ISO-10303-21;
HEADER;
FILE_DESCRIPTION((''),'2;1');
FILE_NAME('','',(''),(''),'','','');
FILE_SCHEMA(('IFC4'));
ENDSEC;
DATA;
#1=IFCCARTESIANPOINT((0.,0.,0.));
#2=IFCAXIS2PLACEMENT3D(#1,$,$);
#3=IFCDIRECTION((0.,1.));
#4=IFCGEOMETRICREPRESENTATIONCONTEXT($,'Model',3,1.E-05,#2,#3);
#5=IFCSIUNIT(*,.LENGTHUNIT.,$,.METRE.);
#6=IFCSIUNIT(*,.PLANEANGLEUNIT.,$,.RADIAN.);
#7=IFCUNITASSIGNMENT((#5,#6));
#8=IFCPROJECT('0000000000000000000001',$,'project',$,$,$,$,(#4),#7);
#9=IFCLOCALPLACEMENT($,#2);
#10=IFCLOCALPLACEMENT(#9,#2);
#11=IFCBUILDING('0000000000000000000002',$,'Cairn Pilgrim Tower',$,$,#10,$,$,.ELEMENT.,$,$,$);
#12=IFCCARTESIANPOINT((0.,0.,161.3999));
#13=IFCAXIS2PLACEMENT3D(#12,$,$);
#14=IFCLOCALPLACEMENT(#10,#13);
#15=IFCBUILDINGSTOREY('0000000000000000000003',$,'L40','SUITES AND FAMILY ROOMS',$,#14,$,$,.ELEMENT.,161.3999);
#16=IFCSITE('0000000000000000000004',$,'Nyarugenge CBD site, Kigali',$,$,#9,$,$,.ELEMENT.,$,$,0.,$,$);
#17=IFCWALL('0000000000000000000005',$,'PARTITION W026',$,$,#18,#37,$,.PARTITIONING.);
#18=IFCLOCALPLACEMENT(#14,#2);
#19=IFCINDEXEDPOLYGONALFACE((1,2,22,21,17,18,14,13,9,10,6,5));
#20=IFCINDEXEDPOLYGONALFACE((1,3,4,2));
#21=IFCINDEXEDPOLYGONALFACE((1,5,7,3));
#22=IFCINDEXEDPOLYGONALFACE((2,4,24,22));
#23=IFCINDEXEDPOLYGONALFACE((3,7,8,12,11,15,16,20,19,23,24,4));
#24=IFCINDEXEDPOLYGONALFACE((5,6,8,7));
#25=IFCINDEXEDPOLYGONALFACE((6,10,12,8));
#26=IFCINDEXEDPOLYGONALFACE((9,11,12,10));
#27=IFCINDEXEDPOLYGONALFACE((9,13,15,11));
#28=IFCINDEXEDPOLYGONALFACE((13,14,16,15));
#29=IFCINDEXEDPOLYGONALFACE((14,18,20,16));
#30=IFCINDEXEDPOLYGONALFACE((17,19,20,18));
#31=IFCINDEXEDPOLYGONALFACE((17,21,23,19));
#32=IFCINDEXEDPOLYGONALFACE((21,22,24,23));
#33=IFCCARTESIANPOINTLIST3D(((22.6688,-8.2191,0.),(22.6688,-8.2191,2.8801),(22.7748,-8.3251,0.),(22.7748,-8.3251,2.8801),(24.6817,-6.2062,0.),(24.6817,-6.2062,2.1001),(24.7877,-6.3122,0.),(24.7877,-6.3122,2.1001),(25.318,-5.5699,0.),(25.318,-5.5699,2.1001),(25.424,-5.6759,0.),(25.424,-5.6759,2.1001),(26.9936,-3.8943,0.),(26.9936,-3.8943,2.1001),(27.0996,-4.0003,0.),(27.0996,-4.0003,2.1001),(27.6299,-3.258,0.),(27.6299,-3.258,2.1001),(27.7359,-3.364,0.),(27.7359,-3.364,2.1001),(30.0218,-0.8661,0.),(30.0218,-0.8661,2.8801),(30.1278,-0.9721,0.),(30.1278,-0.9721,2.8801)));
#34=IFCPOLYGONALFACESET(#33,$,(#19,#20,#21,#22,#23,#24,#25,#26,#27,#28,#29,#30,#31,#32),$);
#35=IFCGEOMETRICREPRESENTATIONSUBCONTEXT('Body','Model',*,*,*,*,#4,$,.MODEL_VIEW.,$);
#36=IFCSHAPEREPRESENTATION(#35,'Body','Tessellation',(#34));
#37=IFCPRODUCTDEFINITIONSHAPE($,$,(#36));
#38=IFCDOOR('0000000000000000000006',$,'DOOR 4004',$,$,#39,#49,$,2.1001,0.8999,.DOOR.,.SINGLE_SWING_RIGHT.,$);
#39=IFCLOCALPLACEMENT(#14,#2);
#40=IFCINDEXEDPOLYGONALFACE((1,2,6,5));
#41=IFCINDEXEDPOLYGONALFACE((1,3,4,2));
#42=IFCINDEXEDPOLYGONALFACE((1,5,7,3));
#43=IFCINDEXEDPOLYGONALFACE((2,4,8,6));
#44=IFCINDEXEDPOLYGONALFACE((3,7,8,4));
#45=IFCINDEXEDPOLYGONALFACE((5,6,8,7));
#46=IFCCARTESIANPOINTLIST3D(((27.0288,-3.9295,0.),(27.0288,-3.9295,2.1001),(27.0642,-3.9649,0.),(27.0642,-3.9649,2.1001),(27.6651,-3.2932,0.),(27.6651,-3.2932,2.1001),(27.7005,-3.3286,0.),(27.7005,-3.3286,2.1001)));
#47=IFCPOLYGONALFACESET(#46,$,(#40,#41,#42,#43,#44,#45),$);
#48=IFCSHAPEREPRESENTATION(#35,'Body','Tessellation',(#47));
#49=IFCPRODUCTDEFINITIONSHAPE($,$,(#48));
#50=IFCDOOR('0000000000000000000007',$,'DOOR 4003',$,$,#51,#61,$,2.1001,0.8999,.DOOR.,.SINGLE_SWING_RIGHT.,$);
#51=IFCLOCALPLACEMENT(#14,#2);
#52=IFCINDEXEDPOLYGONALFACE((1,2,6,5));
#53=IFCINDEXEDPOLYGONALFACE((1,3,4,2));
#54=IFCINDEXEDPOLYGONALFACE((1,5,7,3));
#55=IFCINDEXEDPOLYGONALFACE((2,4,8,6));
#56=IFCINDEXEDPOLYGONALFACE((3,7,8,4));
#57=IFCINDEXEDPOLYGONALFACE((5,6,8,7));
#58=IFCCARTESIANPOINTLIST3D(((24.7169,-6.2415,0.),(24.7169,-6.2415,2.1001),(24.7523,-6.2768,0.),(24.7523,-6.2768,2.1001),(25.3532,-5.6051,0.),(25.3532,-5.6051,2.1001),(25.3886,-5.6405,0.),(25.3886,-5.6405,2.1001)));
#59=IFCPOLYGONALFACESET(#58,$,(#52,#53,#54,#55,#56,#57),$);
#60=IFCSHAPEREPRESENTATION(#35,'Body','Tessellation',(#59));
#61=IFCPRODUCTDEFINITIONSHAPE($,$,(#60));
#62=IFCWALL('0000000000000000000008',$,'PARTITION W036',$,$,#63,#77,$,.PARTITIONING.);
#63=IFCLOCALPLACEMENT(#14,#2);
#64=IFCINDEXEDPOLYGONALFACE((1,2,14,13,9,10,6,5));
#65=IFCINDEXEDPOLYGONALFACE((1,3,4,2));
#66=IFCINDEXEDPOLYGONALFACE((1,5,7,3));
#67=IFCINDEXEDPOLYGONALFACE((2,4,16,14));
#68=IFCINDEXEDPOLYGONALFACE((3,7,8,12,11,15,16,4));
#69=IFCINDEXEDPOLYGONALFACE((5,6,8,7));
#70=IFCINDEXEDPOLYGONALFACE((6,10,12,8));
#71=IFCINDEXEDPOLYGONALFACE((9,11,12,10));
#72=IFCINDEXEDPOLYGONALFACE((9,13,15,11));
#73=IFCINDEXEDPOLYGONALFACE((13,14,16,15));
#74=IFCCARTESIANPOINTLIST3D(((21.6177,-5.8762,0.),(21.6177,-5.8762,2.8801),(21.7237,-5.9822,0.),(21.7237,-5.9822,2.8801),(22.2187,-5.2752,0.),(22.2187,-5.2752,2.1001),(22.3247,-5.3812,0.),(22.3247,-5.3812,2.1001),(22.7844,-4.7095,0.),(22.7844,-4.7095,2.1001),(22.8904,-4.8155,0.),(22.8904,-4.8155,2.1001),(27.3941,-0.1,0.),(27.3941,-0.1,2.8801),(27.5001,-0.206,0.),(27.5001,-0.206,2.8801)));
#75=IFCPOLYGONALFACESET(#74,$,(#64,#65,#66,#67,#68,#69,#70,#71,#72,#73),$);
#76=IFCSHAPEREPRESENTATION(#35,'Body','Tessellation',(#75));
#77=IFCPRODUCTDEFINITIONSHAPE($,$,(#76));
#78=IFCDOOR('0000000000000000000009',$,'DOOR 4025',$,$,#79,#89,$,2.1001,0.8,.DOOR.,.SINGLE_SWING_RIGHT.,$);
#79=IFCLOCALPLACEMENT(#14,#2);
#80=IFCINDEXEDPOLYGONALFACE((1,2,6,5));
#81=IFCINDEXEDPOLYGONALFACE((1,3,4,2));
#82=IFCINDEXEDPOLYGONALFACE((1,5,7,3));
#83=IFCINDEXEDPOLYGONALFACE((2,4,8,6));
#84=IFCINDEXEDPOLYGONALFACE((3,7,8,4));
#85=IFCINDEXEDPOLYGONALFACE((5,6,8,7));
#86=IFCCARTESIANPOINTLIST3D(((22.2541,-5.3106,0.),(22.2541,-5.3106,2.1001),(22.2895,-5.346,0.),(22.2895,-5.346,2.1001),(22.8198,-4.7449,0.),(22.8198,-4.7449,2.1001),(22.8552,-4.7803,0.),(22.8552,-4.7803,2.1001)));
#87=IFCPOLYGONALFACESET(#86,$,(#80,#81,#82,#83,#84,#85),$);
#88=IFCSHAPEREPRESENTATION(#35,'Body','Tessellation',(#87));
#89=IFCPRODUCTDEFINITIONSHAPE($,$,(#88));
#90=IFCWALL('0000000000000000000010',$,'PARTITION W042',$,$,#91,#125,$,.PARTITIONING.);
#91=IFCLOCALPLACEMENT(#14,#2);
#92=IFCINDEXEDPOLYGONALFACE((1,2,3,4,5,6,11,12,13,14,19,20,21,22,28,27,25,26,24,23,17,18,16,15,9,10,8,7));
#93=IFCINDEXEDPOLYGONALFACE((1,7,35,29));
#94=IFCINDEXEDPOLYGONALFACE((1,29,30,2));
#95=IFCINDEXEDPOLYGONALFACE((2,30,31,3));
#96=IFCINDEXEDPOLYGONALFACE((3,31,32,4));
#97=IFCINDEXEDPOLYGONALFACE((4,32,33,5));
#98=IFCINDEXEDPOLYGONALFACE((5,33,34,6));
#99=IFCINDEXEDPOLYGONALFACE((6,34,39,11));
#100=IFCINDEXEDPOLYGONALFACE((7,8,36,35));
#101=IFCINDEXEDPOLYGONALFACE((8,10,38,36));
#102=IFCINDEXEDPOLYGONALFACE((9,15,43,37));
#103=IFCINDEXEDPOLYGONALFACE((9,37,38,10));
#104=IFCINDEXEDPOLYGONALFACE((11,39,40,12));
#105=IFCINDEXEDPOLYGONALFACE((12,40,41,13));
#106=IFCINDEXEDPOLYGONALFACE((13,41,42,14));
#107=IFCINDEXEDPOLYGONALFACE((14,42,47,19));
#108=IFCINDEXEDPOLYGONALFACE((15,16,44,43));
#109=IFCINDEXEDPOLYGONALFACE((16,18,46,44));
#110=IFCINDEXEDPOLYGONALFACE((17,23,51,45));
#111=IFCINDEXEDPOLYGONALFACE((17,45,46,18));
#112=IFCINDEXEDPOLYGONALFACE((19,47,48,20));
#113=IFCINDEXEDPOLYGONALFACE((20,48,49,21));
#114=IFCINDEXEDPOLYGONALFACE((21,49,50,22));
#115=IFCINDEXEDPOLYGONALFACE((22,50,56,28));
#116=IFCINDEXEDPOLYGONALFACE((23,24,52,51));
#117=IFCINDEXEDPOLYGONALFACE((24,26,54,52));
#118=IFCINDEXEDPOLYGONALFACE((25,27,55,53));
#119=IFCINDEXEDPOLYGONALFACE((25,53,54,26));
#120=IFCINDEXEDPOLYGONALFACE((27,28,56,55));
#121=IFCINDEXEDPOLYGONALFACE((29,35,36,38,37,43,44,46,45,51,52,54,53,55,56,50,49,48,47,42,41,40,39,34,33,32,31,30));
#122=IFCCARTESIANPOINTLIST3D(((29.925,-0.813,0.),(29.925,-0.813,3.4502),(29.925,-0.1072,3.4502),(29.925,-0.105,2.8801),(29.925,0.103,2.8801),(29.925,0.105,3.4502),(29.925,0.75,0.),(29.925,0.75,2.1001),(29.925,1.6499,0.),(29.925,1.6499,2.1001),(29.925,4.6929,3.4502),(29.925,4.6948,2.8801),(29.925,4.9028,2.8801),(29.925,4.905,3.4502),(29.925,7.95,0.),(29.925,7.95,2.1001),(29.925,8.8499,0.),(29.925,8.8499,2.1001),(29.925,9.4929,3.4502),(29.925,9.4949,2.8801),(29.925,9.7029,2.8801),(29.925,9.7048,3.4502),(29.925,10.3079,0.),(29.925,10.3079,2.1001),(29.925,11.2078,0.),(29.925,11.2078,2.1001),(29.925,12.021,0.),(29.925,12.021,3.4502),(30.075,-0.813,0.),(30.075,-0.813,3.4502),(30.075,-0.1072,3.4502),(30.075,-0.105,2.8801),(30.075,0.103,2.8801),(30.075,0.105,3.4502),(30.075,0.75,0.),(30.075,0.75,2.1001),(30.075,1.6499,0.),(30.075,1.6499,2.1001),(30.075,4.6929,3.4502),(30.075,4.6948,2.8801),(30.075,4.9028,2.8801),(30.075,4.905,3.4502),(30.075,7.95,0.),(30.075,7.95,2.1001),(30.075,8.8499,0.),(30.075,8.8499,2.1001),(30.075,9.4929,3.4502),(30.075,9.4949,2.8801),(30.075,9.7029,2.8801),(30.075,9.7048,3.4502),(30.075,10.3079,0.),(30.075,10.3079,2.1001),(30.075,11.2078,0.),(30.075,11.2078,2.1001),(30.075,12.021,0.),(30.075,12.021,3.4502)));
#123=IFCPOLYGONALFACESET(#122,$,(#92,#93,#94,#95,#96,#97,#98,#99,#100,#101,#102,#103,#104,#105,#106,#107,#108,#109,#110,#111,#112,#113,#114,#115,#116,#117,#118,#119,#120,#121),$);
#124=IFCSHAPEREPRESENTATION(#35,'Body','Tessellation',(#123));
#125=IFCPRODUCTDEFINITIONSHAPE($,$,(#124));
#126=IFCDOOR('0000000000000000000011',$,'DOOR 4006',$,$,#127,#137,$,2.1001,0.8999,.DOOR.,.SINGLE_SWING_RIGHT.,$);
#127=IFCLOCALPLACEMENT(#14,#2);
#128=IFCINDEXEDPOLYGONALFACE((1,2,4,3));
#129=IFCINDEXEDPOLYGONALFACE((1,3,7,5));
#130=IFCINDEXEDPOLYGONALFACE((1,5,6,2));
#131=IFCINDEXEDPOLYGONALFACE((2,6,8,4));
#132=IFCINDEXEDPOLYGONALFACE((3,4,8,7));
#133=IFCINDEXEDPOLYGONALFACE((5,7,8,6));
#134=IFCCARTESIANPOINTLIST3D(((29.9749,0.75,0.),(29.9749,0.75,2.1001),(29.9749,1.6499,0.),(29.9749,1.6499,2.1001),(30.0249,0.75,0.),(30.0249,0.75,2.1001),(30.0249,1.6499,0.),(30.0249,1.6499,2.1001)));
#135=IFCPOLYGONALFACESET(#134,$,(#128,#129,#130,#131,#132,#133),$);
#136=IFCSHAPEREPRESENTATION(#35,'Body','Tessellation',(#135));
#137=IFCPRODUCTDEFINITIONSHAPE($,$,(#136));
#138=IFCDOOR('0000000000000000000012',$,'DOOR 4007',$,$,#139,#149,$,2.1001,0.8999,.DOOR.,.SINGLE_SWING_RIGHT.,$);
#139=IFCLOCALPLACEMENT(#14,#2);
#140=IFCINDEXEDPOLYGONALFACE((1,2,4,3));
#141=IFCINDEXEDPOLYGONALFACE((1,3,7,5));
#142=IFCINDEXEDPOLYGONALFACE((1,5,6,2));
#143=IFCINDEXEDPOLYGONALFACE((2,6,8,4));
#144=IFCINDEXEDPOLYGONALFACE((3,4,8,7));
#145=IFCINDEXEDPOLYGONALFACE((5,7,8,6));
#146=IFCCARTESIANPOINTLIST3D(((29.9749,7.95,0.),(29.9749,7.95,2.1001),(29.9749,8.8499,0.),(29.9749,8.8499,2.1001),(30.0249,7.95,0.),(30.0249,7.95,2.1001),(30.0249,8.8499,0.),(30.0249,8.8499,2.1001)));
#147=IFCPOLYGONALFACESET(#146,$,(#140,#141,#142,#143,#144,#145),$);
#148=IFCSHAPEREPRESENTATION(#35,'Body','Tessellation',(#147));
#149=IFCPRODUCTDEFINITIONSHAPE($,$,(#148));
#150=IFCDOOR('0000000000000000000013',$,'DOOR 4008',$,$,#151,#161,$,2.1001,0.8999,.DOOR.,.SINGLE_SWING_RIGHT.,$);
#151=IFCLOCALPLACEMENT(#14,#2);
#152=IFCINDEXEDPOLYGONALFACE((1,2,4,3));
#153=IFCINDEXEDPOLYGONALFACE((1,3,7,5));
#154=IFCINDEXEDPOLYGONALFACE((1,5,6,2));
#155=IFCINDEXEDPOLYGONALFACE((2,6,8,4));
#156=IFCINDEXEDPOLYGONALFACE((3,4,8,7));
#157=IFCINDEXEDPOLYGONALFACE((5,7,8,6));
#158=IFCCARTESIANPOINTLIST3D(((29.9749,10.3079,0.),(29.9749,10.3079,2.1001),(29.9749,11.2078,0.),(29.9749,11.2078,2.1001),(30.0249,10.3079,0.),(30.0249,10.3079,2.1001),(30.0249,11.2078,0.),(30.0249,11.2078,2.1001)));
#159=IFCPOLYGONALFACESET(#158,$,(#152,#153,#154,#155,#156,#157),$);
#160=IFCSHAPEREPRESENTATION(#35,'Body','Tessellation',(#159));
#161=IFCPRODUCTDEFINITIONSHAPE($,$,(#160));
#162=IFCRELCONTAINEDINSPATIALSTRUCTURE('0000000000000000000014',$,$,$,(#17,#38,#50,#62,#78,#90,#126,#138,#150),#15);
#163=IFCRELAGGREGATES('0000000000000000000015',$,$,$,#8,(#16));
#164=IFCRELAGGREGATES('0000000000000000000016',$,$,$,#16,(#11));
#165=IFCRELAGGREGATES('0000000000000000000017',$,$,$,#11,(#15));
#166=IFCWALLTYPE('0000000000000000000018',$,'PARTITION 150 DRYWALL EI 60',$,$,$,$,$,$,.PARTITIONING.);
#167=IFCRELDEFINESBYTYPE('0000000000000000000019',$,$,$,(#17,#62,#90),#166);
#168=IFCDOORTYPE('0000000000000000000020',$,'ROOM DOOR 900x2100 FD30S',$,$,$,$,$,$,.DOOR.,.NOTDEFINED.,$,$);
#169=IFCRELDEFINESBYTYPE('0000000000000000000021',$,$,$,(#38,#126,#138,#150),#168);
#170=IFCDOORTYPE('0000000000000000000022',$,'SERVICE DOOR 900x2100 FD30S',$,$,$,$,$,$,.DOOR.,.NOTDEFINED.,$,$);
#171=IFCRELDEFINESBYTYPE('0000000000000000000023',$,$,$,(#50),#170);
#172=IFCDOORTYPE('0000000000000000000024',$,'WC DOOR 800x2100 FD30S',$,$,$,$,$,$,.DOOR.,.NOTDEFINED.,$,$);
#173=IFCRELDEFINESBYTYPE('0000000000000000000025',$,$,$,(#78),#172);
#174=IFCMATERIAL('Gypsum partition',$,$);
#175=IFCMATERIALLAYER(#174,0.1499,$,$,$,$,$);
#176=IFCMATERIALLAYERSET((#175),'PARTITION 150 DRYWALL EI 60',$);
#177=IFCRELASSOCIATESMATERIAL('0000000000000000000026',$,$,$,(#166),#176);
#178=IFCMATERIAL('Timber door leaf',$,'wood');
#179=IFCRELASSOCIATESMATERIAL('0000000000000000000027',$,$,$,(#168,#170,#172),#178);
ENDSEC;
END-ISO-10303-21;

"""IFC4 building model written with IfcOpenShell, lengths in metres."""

from ifc_helpers import new_model, si_unit, direction, frame, frame_2d, origin, place, context, subcontext, project, spatial, polyline, rectangle, outline, extrude, material, layer, layer_set, type_object, element, fill, save


model = new_model("IFC4")

# Units and contexts
model_context = context("Model", 3, precision=1e-05, world=origin(), true_north=direction((0.0, 1.0)))
body_context = subcontext(model_context, "Body", "Model", "MODEL_VIEW")
ifc_project = project(units=[si_unit("LENGTHUNIT", "METRE"), si_unit("PLANEANGLEUNIT", "RADIAN")], contexts=[model_context])

# Site, building, storey
site_placement = place(None, origin())
site = spatial("IfcSite", under=ifc_project, at=site_placement, Name="Nyarugenge CBD site, Kigali", CompositionType="ELEMENT", RefElevation=0.0)
building_placement = place(site_placement, origin())
building = spatial("IfcBuilding", under=site, at=building_placement, Name="Cairn Pilgrim Tower", CompositionType="ELEMENT")
storey_placement = place(building_placement, frame((0.0, 0.0, 161.3999)))
storey = spatial("IfcBuildingStorey", under=building, at=storey_placement, Name="L40", Description="SUITES AND FAMILY ROOMS", CompositionType="ELEMENT", Elevation=161.3999)

# Shared definitions
ifc_material_1 = material(Name="Gypsum partition")

# Wall, openings, doors
ifc_layer_1 = layer(ifc_material_1, 0.1499)
ifc_layer_set_1 = layer_set([ifc_layer_1], Name="PARTITION 150 DRYWALL EI 60")
wall_type_1 = type_object("IfcWallType", Name="PARTITION 150 DRYWALL EI 60", PredefinedType="PARTITIONING", material=ifc_layer_set_1)
wall_1_placement = place(storey_placement, frame((22.7219, -8.272, 0.0), z_axis=(0.0, 0.0, 1.0), x_axis=(0.707107, 0.707107, 0.0)))
wall_1 = element("IfcWall", 1, at=wall_1_placement, inside=storey, type_object=wall_type_1, Name="PARTITION W026", PredefinedType="PARTITIONING", context=body_context, shape_type="SweptSolid", body=[
    extrude(rectangle(XDim=10.3987, YDim=0.1499, at=frame_2d((5.1992, 0.0))), origin(), (0.0, 0.0, 1.0), 2.8801),
])
opening_1_placement = place(wall_1_placement, frame((2.8464, 0.0, 0.0)))
opening_1 = element("IfcOpeningElement", 2, at=opening_1_placement, cuts=wall_1, PredefinedType="OPENING", context=body_context, shape_type="SweptSolid", body=[
    extrude(rectangle(XDim=0.8999, YDim=2.1001, at=frame_2d((0.45, 1.05))), frame((0.0, 0.085, 0.0), z_axis=(0.0, -1.0, 0.0), x_axis=(1.0, 0.0, 0.0)), (0.0, 0.0, 1.0), 0.1699),
])
opening_2_placement = place(wall_1_placement, frame((6.116, 0.0, 0.0)))
opening_2 = element("IfcOpeningElement", 3, at=opening_2_placement, cuts=wall_1, PredefinedType="OPENING", context=body_context, shape_type="SweptSolid", body=[
    extrude(rectangle(XDim=0.8999, YDim=2.1001, at=frame_2d((0.45, 1.05))), frame((0.0, 0.085, 0.0), z_axis=(0.0, -1.0, 0.0), x_axis=(1.0, 0.0, 0.0)), (0.0, 0.0, 1.0), 0.1699),
])
ifc_material_2 = material(Name="Timber door leaf", Category="wood")
door_type_1 = type_object("IfcDoorType", Name="ROOM DOOR 900x2100 FD30S", OperationType="NOTDEFINED", PredefinedType="DOOR", material=ifc_material_2)
door_1_placement = place(opening_2_placement, frame((0.8999, 0.0, 0.0), z_axis=(0.0, 0.0, 1.0), x_axis=(-1.0, 0.0, 0.0)))
door_1 = element("IfcDoor", 4, at=door_1_placement, inside=storey, type_object=door_type_1, Name="DOOR 4004", OperationType="SINGLE_SWING_RIGHT", OverallHeight=2.1001, OverallWidth=0.8999, PredefinedType="DOOR", context=body_context, shape_type="SweptSolid", body=[
    extrude(rectangle(XDim=0.8999, YDim=2.1001, at=frame_2d((0.45, 1.05))), frame((0.0, 0.0249, 0.0), z_axis=(0.0, -1.0, 0.0), x_axis=(1.0, 0.0, 0.0)), (0.0, 0.0, 1.0), 0.05),
])
fill(opening_2, door_1)
door_type_2 = type_object("IfcDoorType", Name="SERVICE DOOR 900x2100 FD30S", OperationType="NOTDEFINED", PredefinedType="DOOR", material=ifc_material_2)
door_2_placement = place(opening_1_placement, frame((0.8999, 0.0, 0.0), z_axis=(0.0, 0.0, 1.0), x_axis=(-1.0, 0.0, 0.0)))
door_2 = element("IfcDoor", 5, at=door_2_placement, inside=storey, type_object=door_type_2, Name="DOOR 4003", OperationType="SINGLE_SWING_RIGHT", OverallHeight=2.1001, OverallWidth=0.8999, PredefinedType="DOOR", context=body_context, shape_type="SweptSolid", body=[
    extrude(rectangle(XDim=0.8999, YDim=2.1001, at=frame_2d((0.45, 1.05))), frame((0.0, 0.0249, 0.0), z_axis=(0.0, -1.0, 0.0), x_axis=(1.0, 0.0, 0.0)), (0.0, 0.0, 1.0), 0.05),
])
fill(opening_1, door_2)

# Wall, opening, door
wall_2_placement = place(storey_placement, frame((21.6707, -5.9292, 0.0), z_axis=(0.0, 0.0, 1.0), x_axis=(0.707122, 0.707092, 0.0)))
wall_2 = element("IfcWall", 6, at=wall_2_placement, inside=storey, type_object=wall_type_1, Name="PARTITION W036", PredefinedType="PARTITIONING", context=body_context, shape_type="SweptSolid", body=[
    extrude(rectangle(XDim=8.1689, YDim=0.1499, at=frame_2d((4.0845, 0.0))), origin(), (0.0, 0.0, 1.0), 2.8801),
])
opening_3_placement = place(wall_2_placement, frame((0.8501, 0.0, 0.0)))
opening_3 = element("IfcOpeningElement", 7, at=opening_3_placement, cuts=wall_2, PredefinedType="OPENING", context=body_context, shape_type="SweptSolid", body=[
    extrude(rectangle(XDim=0.8, YDim=2.1001, at=frame_2d((0.3999, 1.05))), frame((0.0, 0.085, 0.0), z_axis=(0.0, -1.0, 0.0), x_axis=(1.0, 0.0, 0.0)), (0.0, 0.0, 1.0), 0.1699),
])
door_type_3 = type_object("IfcDoorType", Name="WC DOOR 800x2100 FD30S", OperationType="NOTDEFINED", PredefinedType="DOOR", material=ifc_material_2)
door_3_placement = place(opening_3_placement, origin())
door_3 = element("IfcDoor", 8, at=door_3_placement, inside=storey, type_object=door_type_3, Name="DOOR 4025", OperationType="SINGLE_SWING_RIGHT", OverallHeight=2.1001, OverallWidth=0.8, PredefinedType="DOOR", context=body_context, shape_type="SweptSolid", body=[
    extrude(rectangle(XDim=0.8, YDim=2.1001, at=frame_2d((0.3999, 1.05))), frame((0.0, 0.0249, 0.0), z_axis=(0.0, -1.0, 0.0), x_axis=(1.0, 0.0, 0.0)), (0.0, 0.0, 1.0), 0.05),
])
fill(opening_3, door_3)

# Wall, openings, doors
wall_3_placement = place(storey_placement, frame((30.0, -0.813, 0.0), z_axis=(0.0, 0.0, 1.0), x_axis=(0.0, 1.0, 0.0)))
wall_3 = element("IfcWall", 9, at=wall_3_placement, inside=storey, type_object=wall_type_1, Name="PARTITION W042", PredefinedType="PARTITIONING", context=body_context, shape_type="SweptSolid", body=[
    extrude(outline(polyline([(0.0, 0.0), (12.834, 0.0), (12.834, 3.4502), (10.5178, 3.4502), (10.5159, 2.8801), (10.3079, 2.8801), (10.3059, 3.4502), (5.718, 3.4502), (5.7158, 2.8801), (5.5078, 2.8801), (5.5059, 3.4502), (0.918, 3.4502), (0.916, 2.8801), (0.708, 2.8801), (0.7058, 3.4502), (0.0, 3.4502), (0.0, 0.0)])), frame((0.0, 0.075, 0.0), z_axis=(0.0, -1.0, 0.0), x_axis=(1.0, 0.0, 0.0)), (0.0, 0.0, 1.0), 0.1499),
])
opening_4_placement = place(wall_3_placement, frame((1.563, 0.0, 0.0)))
opening_4 = element("IfcOpeningElement", 10, at=opening_4_placement, cuts=wall_3, PredefinedType="OPENING", context=body_context, shape_type="SweptSolid", body=[
    extrude(rectangle(XDim=0.8999, YDim=2.1001, at=frame_2d((0.45, 1.05))), frame((0.0, 0.085, 0.0), z_axis=(0.0, -1.0, 0.0), x_axis=(1.0, 0.0, 0.0)), (0.0, 0.0, 1.0), 0.1699),
])
opening_5_placement = place(wall_3_placement, frame((8.7629, 0.0, 0.0)))
opening_5 = element("IfcOpeningElement", 11, at=opening_5_placement, cuts=wall_3, PredefinedType="OPENING", context=body_context, shape_type="SweptSolid", body=[
    extrude(rectangle(XDim=0.8999, YDim=2.1001, at=frame_2d((0.45, 1.05))), frame((0.0, 0.085, 0.0), z_axis=(0.0, -1.0, 0.0), x_axis=(1.0, 0.0, 0.0)), (0.0, 0.0, 1.0), 0.1699),
])
opening_6_placement = place(wall_3_placement, frame((11.1208, 0.0, 0.0)))
opening_6 = element("IfcOpeningElement", 12, at=opening_6_placement, cuts=wall_3, PredefinedType="OPENING", context=body_context, shape_type="SweptSolid", body=[
    extrude(rectangle(XDim=0.8999, YDim=2.1001, at=frame_2d((0.45, 1.05))), frame((0.0, 0.085, 0.0), z_axis=(0.0, -1.0, 0.0), x_axis=(1.0, 0.0, 0.0)), (0.0, 0.0, 1.0), 0.1699),
])
door_4_placement = place(opening_4_placement, frame((0.8999, 0.0, 0.0), z_axis=(0.0, 0.0, 1.0), x_axis=(-1.0, 0.0, 0.0)))
door_4 = element("IfcDoor", 13, at=door_4_placement, inside=storey, type_object=door_type_1, Name="DOOR 4006", OperationType="SINGLE_SWING_RIGHT", OverallHeight=2.1001, OverallWidth=0.8999, PredefinedType="DOOR", context=body_context, shape_type="SweptSolid", body=[
    extrude(rectangle(XDim=0.8999, YDim=2.1001, at=frame_2d((0.45, 1.05))), frame((0.0, 0.0249, 0.0), z_axis=(0.0, -1.0, 0.0), x_axis=(1.0, 0.0, 0.0)), (0.0, 0.0, 1.0), 0.05),
])
fill(opening_4, door_4)
door_5_placement = place(opening_5_placement, frame((0.8999, 0.0, 0.0), z_axis=(0.0, 0.0, 1.0), x_axis=(-1.0, 0.0, 0.0)))
door_5 = element("IfcDoor", 14, at=door_5_placement, inside=storey, type_object=door_type_1, Name="DOOR 4007", OperationType="SINGLE_SWING_RIGHT", OverallHeight=2.1001, OverallWidth=0.8999, PredefinedType="DOOR", context=body_context, shape_type="SweptSolid", body=[
    extrude(rectangle(XDim=0.8999, YDim=2.1001, at=frame_2d((0.45, 1.05))), frame((0.0, 0.0249, 0.0), z_axis=(0.0, -1.0, 0.0), x_axis=(1.0, 0.0, 0.0)), (0.0, 0.0, 1.0), 0.05),
])
fill(opening_5, door_5)
door_6_placement = place(opening_6_placement, frame((0.8999, 0.0, 0.0), z_axis=(0.0, 0.0, 1.0), x_axis=(-1.0, 0.0, 0.0)))
door_6 = element("IfcDoor", 15, at=door_6_placement, inside=storey, type_object=door_type_1, Name="DOOR 4008", OperationType="SINGLE_SWING_RIGHT", OverallHeight=2.1001, OverallWidth=0.8999, PredefinedType="DOOR", context=body_context, shape_type="SweptSolid", body=[
    extrude(rectangle(XDim=0.8999, YDim=2.1001, at=frame_2d((0.45, 1.05))), frame((0.0, 0.0249, 0.0), z_axis=(0.0, -1.0, 0.0), x_axis=(1.0, 0.0, 0.0)), (0.0, 0.0, 1.0), 0.05),
])
fill(opening_6, door_6)

save(model, "model.ifc")
